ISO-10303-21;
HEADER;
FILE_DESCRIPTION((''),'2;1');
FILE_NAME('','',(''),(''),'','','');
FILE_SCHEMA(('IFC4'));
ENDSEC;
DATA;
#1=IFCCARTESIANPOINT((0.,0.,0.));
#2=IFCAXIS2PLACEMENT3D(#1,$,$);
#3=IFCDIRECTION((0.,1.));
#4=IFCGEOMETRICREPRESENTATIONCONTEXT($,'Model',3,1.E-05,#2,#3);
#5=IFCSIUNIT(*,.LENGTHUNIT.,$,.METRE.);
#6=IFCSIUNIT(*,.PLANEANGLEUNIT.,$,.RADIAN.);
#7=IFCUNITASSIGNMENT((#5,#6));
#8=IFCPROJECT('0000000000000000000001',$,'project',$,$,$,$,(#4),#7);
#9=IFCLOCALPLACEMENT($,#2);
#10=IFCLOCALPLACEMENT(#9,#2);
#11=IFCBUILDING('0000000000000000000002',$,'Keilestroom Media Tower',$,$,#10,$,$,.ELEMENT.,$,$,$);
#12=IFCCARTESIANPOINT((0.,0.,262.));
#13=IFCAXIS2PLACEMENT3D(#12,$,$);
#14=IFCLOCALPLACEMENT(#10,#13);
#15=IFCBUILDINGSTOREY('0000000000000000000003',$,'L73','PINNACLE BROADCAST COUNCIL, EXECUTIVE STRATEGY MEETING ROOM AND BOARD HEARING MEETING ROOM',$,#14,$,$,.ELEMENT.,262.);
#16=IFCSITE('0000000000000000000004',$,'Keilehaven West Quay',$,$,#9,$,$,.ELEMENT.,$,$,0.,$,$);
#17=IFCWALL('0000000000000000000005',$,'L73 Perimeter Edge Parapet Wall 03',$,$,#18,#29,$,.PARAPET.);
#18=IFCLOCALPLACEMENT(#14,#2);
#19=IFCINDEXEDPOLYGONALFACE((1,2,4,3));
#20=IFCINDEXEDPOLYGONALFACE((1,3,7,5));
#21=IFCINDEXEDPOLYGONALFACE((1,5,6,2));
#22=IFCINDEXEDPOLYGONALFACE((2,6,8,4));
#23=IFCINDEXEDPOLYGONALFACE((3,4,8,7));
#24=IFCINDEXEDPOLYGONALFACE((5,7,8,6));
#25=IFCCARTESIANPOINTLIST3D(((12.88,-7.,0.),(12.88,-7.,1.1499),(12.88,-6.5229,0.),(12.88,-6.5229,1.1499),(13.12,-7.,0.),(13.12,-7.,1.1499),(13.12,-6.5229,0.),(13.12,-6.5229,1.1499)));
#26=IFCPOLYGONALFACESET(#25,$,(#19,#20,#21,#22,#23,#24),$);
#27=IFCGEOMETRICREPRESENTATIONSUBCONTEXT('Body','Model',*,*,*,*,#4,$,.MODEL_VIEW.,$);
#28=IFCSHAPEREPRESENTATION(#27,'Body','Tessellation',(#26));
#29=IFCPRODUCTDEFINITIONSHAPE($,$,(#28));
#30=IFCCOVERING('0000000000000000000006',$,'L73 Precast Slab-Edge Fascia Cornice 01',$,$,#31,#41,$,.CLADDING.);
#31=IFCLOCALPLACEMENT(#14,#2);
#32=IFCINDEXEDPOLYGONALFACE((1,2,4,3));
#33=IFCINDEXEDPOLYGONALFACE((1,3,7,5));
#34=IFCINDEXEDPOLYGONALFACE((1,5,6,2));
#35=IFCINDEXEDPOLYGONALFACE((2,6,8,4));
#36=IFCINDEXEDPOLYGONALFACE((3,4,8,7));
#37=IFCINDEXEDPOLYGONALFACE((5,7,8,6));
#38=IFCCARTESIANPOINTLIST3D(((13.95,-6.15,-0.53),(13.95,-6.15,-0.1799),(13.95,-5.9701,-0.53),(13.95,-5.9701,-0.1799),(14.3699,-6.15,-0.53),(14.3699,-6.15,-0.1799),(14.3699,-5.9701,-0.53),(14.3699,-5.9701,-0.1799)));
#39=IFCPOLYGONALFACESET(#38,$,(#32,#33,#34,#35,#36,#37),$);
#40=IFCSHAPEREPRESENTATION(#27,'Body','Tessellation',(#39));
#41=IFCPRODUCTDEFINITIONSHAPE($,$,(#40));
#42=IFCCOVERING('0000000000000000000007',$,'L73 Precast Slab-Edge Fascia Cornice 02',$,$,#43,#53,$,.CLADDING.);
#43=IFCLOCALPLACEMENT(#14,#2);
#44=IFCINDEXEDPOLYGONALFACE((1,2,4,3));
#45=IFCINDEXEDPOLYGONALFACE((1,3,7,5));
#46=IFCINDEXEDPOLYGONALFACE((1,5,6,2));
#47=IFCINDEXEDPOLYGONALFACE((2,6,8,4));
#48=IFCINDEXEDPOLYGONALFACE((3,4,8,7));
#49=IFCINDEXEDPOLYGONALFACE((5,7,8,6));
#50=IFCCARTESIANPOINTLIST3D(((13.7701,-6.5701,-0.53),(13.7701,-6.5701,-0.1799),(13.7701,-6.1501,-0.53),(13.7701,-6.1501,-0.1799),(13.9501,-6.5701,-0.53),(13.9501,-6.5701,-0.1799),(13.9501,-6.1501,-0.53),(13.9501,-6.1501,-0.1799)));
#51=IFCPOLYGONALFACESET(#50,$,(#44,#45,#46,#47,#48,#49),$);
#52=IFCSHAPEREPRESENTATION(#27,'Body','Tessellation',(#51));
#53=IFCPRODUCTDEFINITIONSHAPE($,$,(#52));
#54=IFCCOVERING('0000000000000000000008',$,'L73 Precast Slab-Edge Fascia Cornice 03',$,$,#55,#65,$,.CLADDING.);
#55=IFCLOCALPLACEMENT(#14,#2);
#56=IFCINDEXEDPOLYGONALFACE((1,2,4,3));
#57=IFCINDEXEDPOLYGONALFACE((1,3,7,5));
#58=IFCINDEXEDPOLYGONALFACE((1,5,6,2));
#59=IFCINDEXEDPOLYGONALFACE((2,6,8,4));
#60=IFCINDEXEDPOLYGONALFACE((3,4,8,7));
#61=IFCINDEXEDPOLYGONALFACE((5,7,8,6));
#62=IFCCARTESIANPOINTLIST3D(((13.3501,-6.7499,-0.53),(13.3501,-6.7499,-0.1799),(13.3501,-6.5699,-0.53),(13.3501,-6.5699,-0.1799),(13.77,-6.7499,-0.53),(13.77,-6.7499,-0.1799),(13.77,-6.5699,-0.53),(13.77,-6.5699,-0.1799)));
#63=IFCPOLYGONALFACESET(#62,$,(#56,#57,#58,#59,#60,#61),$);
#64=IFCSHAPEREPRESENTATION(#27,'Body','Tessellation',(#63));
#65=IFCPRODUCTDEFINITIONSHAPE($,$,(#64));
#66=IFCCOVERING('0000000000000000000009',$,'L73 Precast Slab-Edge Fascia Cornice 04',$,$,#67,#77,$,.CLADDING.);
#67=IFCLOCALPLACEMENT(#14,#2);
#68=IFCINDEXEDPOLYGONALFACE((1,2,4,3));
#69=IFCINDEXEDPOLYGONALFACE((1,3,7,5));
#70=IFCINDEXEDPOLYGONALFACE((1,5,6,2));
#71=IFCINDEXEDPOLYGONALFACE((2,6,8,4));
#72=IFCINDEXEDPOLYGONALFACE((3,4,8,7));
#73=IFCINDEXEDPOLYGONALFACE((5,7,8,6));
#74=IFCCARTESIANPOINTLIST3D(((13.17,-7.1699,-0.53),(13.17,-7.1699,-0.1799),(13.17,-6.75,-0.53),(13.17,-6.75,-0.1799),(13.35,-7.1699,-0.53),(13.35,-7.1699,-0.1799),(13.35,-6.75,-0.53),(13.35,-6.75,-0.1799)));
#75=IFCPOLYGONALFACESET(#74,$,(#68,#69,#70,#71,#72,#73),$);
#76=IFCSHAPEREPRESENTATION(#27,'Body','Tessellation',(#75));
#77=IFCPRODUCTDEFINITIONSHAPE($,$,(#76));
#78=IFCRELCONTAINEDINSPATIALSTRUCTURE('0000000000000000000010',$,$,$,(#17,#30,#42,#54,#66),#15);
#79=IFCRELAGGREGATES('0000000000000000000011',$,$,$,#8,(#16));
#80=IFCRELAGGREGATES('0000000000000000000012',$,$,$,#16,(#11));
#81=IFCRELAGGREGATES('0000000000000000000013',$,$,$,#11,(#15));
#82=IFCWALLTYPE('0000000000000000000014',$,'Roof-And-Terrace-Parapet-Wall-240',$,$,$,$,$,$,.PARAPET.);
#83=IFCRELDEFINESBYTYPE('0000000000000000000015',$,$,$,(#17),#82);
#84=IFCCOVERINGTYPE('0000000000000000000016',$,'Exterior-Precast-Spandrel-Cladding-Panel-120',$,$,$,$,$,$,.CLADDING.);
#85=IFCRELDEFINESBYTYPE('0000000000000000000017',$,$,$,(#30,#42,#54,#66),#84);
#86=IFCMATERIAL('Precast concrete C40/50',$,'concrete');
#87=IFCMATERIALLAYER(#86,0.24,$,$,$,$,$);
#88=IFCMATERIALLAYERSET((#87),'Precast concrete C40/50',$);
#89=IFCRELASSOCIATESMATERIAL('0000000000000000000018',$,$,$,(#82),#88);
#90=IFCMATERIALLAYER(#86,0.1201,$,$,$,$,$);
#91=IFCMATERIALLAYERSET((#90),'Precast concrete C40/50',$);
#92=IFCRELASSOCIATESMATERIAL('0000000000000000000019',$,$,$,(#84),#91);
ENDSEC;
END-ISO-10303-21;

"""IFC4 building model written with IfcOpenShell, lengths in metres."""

from ifc_helpers import new_model, si_unit, direction, frame, frame_2d, origin, origin_2d, place, context, subcontext, project, spatial, rectangle, extrude, source, transform, mapped, material, layer, layer_set, type_object, element, save


model = new_model("IFC4")

# Units and contexts
model_context = context("Model", 3, precision=1e-05, world=origin(), true_north=direction((0.0, 1.0)))
body_context = subcontext(model_context, "Body", "Model", "MODEL_VIEW")
ifc_project = project(units=[si_unit("LENGTHUNIT", "METRE"), si_unit("PLANEANGLEUNIT", "RADIAN")], contexts=[model_context])

# Site, building, storey
site_placement = place(None, origin())
site = spatial("IfcSite", under=ifc_project, at=site_placement, Name="Keilehaven West Quay", CompositionType="ELEMENT", RefElevation=0.0)
building_placement = place(site_placement, origin())
building = spatial("IfcBuilding", under=site, at=building_placement, Name="Keilestroom Media Tower", CompositionType="ELEMENT")
storey_placement = place(building_placement, frame((0.0, 0.0, 262.0)))
storey = spatial("IfcBuildingStorey", under=building, at=storey_placement, Name="L73", Description="PINNACLE BROADCAST COUNCIL, EXECUTIVE STRATEGY MEETING ROOM AND BOARD HEARING MEETING ROOM", CompositionType="ELEMENT", Elevation=262.0)

# Shared definitions
ifc_material_1 = material(Name="Precast concrete C40/50", Category="concrete")

# Wall
ifc_layer_1 = layer(ifc_material_1, 0.24)
ifc_layer_set_1 = layer_set([ifc_layer_1], Name="Precast concrete C40/50")
wall_type_1 = type_object("IfcWallType", Name="Roof-And-Terrace-Parapet-Wall-240", PredefinedType="PARAPET", material=ifc_layer_set_1)
wall_1_placement = place(storey_placement, frame((13.0, -6.5229, 0.0), z_axis=(0.0, 0.0, 1.0), x_axis=(0.0, -1.0, 0.0)))
element("IfcWall", 1, at=wall_1_placement, inside=storey, type_object=wall_type_1, Name="L73 Perimeter Edge Parapet Wall 03", PredefinedType="PARAPET", context=body_context, shape_type="SweptSolid", body=[
    extrude(rectangle(XDim=0.4771, YDim=0.24, at=frame_2d((0.2385, 0.0))), origin(), (0.0, 0.0, 1.0), 1.1499),
])

# Coverings
ifc_layer_2 = layer(ifc_material_1, 0.1201)
ifc_layer_set_2 = layer_set([ifc_layer_2], Name="Precast concrete C40/50")
covering_type = type_object("IfcCoveringType", Name="Exterior-Precast-Spandrel-Cladding-Panel-120", PredefinedType="CLADDING", material=ifc_layer_set_2)
shared_shape_1 = source(origin(), body_context, "Body", "SweptSolid", [
    extrude(rectangle(XDim=0.4199, YDim=0.1799, at=origin_2d()), origin(), (0.0, 0.0, 1.0), 0.3501),
])
for number, where, z_axis, x_axis, name in (
    (2, (14.1599, -6.0601, -0.53), (0.0, 0.0, 1.0), (-1.0, 0.0, 0.0), "L73 Precast Slab-Edge Fascia Cornice 01"),
    (3, (13.8601, -6.3601, -0.53), (0.0, 0.0, 1.0), (0.0, -1.0, 0.0), "L73 Precast Slab-Edge Fascia Cornice 02"),
    (4, (13.5601, -6.6599, -0.53), (0.0, 0.0, 1.0), (-1.0, 0.0, 0.0), "L73 Precast Slab-Edge Fascia Cornice 03"),
    (5, (13.26, -6.96, -0.53), (0.0, 0.0, 1.0), (0.0, -1.0, 0.0), "L73 Precast Slab-Edge Fascia Cornice 04"),
):
    element("IfcCovering", number, at=place(storey_placement, frame(where, z_axis=z_axis, x_axis=x_axis)), inside=storey, type_object=covering_type, Name=name, PredefinedType="CLADDING", context=body_context, shape_type="MappedRepresentation", body=[
        mapped(shared_shape_1, transform((0.0, 0.0, 0.0), x_axis=(1.0, 0.0, 0.0), y_axis=(0.0, 1.0, 0.0), z_axis=(0.0, 0.0, 1.0), scale=1.0)),
    ])

save(model, "model.ifc")
